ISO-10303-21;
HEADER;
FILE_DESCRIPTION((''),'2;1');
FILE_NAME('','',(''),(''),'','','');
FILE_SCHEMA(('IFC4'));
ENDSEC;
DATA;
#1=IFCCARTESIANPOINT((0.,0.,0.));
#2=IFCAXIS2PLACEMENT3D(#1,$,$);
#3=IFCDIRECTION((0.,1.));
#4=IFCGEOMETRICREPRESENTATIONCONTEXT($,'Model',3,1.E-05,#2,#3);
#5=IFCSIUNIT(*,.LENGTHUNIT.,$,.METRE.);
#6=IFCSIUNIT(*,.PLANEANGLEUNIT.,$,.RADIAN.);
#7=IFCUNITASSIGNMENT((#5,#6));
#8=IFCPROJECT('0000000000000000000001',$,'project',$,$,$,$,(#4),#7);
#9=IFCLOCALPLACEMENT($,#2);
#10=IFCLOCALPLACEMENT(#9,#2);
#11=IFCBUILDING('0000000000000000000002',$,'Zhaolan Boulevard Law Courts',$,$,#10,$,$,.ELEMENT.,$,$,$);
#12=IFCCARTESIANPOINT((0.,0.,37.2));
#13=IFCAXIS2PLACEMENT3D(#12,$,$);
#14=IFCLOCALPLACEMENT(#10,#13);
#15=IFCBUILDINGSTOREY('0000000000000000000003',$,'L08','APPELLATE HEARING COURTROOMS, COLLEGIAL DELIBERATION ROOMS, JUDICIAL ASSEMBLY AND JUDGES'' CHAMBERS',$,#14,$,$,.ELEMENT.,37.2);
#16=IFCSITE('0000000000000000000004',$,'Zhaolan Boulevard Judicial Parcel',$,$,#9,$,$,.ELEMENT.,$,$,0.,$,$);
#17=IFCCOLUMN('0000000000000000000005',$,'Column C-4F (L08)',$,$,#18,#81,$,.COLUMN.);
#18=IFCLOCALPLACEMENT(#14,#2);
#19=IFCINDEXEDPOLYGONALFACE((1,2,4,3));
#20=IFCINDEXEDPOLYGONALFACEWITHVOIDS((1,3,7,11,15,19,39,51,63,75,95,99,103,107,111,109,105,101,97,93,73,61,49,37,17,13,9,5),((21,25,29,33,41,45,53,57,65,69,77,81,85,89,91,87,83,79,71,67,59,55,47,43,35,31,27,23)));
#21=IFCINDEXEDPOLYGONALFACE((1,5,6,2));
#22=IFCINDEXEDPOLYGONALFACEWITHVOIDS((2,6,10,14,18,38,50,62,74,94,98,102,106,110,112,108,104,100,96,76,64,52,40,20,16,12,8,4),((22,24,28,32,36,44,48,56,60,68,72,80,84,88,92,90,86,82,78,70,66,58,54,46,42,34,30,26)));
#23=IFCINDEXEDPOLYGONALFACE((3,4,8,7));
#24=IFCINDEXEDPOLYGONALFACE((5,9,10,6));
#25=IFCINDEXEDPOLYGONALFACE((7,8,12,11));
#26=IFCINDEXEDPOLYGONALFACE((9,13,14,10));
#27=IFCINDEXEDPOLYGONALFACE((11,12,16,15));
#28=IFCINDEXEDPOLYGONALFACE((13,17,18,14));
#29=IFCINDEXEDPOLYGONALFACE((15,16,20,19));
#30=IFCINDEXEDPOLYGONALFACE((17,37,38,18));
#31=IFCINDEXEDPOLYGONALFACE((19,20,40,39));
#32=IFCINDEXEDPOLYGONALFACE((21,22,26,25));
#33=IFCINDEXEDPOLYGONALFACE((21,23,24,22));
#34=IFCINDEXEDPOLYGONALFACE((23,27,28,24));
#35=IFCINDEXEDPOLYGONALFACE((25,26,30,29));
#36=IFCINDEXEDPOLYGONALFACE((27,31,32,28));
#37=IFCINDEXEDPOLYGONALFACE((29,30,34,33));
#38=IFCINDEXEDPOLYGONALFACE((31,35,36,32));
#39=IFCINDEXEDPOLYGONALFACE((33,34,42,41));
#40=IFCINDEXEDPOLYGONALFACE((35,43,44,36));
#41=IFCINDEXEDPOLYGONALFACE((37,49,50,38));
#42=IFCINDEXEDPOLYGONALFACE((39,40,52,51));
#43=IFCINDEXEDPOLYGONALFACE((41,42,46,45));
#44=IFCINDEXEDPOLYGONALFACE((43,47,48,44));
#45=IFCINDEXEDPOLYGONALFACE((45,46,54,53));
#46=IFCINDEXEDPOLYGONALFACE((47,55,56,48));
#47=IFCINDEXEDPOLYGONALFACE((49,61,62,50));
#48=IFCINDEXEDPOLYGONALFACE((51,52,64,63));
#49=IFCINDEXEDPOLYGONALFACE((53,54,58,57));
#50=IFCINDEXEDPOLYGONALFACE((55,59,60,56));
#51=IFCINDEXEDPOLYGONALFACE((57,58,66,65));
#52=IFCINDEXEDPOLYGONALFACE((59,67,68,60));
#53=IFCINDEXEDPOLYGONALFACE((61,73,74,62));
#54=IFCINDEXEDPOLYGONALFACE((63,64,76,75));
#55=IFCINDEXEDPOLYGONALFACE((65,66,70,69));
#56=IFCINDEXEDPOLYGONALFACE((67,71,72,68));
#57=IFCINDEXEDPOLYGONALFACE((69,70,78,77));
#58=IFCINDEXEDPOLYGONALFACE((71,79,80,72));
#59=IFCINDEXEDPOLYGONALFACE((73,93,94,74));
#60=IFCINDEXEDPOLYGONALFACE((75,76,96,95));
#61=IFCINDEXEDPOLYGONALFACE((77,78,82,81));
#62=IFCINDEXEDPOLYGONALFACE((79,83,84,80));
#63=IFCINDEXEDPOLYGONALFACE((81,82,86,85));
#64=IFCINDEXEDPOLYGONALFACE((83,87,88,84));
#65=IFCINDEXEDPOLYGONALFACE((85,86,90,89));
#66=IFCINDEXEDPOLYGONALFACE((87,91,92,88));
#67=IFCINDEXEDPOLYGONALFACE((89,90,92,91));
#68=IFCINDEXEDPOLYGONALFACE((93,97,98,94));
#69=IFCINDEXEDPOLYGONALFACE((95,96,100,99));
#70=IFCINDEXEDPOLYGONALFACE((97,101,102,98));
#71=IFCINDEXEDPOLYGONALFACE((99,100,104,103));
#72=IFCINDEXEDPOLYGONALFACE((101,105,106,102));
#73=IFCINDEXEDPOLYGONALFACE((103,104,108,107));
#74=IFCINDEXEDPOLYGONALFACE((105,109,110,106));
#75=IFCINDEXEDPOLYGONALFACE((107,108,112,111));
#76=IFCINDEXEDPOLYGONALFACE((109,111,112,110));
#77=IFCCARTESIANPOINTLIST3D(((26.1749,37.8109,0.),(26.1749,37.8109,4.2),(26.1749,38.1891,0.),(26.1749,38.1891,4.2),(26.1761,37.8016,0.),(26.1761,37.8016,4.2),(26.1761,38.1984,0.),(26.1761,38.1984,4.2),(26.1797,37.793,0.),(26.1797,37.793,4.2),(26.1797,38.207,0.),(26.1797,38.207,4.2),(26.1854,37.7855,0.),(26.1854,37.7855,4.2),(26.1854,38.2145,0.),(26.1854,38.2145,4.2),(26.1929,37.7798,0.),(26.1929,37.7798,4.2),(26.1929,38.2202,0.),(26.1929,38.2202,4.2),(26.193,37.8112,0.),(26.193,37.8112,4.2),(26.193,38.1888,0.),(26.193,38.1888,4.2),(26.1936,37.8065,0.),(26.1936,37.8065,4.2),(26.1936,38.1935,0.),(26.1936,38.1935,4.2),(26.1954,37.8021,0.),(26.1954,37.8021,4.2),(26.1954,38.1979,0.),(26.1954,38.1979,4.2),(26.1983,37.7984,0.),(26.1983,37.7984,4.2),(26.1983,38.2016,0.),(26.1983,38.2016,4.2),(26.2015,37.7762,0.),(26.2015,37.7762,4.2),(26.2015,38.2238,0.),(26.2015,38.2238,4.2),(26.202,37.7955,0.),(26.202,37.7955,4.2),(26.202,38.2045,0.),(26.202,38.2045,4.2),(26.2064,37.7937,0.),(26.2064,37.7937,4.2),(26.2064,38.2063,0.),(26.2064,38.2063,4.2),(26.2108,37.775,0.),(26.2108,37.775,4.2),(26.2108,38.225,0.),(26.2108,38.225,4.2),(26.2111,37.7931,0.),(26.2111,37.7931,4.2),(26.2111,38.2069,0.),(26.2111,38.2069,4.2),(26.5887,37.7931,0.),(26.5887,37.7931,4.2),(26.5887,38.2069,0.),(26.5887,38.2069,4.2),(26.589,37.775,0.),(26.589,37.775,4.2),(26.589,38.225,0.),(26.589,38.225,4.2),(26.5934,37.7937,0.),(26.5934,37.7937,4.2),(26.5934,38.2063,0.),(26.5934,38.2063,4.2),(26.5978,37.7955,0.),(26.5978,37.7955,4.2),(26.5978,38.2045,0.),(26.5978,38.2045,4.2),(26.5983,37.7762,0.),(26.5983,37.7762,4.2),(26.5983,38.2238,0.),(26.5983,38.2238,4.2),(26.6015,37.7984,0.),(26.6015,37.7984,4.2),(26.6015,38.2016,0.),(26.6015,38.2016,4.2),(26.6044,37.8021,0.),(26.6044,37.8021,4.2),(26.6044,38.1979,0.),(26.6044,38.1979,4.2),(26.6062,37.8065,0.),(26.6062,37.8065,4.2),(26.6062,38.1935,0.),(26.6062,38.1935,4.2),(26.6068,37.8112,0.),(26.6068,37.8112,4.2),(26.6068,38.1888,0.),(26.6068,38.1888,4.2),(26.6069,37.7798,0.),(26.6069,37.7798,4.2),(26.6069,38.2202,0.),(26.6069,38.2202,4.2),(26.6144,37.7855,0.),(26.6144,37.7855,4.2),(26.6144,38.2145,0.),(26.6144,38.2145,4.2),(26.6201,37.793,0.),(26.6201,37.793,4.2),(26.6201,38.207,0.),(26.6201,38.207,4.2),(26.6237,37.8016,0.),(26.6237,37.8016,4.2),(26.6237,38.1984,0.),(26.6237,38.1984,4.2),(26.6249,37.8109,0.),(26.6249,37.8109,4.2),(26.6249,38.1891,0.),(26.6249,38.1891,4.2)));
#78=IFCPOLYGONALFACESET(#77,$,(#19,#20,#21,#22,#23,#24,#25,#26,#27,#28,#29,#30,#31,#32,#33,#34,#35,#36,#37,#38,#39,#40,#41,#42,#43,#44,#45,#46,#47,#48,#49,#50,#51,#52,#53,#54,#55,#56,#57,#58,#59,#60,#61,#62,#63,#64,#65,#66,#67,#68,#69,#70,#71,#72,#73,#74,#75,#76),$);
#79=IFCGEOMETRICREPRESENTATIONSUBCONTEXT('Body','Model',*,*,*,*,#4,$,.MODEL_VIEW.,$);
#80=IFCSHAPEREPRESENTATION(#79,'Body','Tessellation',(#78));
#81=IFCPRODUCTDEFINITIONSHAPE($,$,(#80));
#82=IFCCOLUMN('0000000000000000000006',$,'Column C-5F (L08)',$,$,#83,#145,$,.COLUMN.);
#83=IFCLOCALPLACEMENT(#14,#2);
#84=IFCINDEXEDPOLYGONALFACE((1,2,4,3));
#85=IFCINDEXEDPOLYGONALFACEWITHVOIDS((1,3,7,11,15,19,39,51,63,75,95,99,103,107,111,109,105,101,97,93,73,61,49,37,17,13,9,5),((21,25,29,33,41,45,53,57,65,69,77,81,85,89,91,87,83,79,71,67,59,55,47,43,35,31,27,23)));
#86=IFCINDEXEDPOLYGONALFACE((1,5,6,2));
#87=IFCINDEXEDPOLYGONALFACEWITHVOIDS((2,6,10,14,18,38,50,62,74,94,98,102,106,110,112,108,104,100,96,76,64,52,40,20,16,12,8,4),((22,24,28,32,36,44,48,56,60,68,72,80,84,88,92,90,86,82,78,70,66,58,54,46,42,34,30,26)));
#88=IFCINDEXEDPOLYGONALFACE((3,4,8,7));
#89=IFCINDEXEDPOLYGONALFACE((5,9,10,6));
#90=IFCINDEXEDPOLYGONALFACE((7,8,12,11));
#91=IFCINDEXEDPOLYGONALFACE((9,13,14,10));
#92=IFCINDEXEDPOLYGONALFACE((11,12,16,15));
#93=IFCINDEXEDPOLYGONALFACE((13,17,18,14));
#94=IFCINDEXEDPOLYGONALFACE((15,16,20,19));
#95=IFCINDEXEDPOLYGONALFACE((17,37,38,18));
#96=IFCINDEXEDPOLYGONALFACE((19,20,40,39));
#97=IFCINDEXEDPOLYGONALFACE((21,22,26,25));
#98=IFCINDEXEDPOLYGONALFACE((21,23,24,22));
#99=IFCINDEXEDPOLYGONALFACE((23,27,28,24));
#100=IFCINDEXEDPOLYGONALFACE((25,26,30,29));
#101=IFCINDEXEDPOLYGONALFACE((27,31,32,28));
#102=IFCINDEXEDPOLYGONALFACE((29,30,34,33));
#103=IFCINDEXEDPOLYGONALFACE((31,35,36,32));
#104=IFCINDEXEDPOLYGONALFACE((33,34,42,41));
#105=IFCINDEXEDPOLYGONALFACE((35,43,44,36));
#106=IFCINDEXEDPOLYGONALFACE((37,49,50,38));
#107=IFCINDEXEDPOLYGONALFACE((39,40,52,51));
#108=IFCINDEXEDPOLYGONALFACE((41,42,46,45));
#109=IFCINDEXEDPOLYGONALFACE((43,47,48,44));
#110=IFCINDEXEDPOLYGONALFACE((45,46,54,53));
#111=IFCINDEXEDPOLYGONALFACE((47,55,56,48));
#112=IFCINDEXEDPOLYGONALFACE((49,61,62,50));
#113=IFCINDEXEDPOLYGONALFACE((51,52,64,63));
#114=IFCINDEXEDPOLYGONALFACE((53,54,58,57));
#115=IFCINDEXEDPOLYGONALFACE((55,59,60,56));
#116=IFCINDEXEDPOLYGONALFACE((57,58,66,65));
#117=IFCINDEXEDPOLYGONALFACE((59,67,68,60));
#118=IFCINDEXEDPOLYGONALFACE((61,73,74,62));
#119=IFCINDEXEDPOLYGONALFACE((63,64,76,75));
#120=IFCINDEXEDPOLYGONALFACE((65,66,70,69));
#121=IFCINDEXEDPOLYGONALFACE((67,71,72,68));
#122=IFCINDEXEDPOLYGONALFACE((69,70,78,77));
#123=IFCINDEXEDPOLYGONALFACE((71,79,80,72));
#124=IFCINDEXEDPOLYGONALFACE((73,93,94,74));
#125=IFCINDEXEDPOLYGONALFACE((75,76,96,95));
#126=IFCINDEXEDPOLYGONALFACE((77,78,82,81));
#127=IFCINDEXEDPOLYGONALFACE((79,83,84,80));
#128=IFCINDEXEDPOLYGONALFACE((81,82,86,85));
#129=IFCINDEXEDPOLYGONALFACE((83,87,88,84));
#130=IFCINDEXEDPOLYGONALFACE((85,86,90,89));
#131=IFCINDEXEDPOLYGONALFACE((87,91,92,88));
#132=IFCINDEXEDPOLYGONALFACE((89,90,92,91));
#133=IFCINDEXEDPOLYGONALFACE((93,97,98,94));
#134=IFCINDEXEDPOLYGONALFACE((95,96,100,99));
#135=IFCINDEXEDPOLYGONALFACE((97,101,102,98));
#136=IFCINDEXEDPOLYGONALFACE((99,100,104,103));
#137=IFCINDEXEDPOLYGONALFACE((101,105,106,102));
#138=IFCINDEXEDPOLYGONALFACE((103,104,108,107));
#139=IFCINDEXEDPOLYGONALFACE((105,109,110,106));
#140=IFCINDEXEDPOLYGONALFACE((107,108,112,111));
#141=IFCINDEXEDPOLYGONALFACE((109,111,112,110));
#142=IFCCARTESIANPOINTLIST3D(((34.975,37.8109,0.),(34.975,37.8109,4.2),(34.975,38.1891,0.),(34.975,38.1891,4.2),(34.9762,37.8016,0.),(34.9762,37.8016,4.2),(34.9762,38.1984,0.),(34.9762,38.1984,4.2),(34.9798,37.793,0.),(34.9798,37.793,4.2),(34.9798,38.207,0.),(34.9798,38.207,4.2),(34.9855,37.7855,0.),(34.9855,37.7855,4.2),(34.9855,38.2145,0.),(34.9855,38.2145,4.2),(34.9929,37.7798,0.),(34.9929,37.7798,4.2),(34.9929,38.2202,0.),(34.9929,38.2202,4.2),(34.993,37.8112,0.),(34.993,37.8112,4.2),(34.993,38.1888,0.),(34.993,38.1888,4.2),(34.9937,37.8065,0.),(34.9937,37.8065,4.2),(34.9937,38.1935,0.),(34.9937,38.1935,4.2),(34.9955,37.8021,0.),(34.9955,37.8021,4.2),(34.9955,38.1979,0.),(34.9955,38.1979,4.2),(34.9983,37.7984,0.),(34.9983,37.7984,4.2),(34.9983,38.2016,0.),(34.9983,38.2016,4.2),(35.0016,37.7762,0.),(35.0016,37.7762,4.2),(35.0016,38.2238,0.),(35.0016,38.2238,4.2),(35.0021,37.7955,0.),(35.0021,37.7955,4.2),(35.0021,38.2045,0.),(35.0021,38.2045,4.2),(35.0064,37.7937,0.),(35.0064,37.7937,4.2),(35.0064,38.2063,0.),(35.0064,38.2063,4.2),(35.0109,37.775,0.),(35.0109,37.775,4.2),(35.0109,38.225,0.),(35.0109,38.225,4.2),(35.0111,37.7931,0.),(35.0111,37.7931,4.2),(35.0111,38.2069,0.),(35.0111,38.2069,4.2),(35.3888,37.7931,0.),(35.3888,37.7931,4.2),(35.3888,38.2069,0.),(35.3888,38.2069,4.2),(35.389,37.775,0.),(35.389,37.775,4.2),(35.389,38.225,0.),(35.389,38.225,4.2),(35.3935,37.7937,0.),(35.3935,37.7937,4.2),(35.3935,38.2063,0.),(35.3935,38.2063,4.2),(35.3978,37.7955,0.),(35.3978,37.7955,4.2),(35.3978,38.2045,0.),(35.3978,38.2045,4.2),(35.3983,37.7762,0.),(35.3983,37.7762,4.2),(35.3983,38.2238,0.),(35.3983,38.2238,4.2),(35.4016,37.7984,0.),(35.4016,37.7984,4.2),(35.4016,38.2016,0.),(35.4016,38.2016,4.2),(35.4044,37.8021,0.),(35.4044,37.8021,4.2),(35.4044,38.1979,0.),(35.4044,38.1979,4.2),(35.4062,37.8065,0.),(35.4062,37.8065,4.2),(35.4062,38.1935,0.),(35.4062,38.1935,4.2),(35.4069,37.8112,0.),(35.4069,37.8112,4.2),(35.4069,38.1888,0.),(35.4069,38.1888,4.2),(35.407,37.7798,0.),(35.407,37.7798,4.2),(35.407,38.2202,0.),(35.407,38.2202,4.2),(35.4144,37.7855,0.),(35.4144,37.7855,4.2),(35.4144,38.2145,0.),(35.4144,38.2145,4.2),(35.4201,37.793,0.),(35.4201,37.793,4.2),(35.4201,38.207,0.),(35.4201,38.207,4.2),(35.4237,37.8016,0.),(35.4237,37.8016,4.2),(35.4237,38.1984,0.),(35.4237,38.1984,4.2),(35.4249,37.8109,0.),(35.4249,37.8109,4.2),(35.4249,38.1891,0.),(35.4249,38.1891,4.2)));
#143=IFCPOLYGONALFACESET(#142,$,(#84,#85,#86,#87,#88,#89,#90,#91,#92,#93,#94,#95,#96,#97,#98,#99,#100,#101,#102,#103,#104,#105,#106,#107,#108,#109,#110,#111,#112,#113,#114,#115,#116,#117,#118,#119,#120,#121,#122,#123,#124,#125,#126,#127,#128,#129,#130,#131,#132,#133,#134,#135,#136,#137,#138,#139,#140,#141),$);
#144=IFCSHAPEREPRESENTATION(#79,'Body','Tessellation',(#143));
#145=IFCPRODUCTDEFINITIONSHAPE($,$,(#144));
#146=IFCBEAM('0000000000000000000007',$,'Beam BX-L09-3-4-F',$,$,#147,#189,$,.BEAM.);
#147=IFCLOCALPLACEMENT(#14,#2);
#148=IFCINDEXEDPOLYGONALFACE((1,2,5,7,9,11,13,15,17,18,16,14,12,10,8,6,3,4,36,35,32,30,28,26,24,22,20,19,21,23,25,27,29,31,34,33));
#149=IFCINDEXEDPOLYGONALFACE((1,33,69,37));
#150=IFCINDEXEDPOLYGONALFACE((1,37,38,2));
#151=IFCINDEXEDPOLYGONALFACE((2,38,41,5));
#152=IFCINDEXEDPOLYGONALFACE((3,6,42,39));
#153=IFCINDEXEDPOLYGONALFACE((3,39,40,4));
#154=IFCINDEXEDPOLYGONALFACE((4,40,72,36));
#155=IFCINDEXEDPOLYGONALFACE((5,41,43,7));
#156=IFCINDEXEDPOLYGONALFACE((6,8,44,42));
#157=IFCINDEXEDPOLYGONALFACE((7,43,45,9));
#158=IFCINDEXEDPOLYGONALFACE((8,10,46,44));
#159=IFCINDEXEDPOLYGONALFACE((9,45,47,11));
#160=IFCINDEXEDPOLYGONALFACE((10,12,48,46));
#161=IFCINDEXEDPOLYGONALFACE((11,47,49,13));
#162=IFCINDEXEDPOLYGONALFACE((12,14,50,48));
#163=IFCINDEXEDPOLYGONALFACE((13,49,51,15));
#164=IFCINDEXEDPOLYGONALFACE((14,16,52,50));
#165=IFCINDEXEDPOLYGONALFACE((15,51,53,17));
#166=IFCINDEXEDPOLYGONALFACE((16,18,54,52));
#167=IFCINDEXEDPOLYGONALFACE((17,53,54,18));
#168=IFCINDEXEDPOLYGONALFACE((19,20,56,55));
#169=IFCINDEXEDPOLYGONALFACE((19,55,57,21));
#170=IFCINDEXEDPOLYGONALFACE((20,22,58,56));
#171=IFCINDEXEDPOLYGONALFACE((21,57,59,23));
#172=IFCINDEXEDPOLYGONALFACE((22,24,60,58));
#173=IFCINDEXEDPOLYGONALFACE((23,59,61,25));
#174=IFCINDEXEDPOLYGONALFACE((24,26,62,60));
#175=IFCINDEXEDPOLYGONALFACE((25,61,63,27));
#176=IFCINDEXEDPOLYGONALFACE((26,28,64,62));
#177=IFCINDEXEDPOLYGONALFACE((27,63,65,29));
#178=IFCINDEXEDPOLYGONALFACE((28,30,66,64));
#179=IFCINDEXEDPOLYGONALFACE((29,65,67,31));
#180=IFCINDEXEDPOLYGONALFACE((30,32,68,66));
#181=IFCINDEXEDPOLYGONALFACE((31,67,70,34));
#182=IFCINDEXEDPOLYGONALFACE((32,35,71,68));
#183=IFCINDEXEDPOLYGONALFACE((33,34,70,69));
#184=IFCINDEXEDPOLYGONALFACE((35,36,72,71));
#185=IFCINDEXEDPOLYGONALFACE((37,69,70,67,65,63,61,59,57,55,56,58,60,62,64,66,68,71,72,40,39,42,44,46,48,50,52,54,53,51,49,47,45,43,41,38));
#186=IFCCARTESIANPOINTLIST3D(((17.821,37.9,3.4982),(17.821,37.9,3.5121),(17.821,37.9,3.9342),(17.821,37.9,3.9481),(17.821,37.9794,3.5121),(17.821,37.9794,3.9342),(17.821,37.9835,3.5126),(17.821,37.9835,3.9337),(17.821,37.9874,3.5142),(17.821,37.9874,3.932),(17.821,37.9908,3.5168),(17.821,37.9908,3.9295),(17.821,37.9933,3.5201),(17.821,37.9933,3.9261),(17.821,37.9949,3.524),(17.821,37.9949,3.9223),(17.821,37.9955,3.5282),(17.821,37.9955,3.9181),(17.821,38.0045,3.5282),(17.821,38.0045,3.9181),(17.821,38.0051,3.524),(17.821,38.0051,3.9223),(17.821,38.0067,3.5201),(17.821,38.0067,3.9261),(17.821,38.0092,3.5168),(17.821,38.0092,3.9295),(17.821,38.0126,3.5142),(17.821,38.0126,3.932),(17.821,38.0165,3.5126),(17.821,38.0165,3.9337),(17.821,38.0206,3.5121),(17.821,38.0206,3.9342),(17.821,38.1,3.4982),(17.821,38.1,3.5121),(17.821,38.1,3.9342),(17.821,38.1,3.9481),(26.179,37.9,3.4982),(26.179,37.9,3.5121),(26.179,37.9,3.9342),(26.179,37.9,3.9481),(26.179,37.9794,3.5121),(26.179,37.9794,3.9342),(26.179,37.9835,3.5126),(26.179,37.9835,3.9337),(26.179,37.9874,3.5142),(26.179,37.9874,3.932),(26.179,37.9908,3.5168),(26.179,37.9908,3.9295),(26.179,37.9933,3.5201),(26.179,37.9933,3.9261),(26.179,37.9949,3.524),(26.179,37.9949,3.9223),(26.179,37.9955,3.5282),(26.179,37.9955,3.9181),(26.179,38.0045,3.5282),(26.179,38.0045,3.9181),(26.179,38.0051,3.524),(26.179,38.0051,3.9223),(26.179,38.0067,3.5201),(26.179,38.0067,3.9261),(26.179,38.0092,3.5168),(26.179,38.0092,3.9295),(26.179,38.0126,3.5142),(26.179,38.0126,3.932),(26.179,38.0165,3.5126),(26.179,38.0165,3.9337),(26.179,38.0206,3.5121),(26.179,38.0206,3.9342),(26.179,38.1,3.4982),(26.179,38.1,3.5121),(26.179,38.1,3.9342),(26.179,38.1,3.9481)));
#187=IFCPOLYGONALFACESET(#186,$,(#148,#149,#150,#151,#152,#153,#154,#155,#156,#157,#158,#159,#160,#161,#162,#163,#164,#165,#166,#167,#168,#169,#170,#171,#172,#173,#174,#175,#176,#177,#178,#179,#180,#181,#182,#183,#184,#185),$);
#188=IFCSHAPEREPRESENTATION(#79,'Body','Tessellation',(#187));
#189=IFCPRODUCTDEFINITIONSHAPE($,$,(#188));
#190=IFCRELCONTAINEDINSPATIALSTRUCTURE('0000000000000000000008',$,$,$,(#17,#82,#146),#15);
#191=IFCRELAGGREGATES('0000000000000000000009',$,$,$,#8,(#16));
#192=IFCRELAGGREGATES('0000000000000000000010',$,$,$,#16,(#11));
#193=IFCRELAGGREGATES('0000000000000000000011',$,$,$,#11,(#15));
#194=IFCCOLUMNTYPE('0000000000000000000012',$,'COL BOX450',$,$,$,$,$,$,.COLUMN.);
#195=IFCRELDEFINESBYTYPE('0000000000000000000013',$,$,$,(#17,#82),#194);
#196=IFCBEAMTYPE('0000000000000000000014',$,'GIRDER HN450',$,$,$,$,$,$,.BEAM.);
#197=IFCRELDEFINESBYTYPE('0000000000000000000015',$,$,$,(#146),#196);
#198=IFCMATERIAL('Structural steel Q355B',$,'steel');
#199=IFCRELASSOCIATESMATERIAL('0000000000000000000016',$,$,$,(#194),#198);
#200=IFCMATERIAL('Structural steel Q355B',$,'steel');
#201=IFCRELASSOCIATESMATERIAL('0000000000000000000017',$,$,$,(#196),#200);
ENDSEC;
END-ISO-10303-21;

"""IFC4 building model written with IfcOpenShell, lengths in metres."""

from ifc_helpers import new_model, si_unit, direction, frame, origin, origin_2d, place, context, subcontext, project, spatial, hollow_rectangle, i_section, extrude, material, material_profile, profile_set, type_object, element, save


model = new_model("IFC4")

# Units and contexts
model_context = context("Model", 3, precision=1e-05, world=origin(), true_north=direction((0.0, 1.0)))
body_context = subcontext(model_context, "Body", "Model", "MODEL_VIEW")
ifc_project = project(units=[si_unit("LENGTHUNIT", "METRE"), si_unit("PLANEANGLEUNIT", "RADIAN")], contexts=[model_context])

# Site, building, storey
site_placement = place(None, origin())
site = spatial("IfcSite", under=ifc_project, at=site_placement, Name="Zhaolan Boulevard Judicial Parcel", CompositionType="ELEMENT", RefElevation=0.0)
building_placement = place(site_placement, origin())
building = spatial("IfcBuilding", under=site, at=building_placement, Name="Zhaolan Boulevard Law Courts", CompositionType="ELEMENT")
storey_placement = place(building_placement, frame((0.0, 0.0, 37.2)))
storey = spatial("IfcBuildingStorey", under=building, at=storey_placement, Name="L08", Description="APPELLATE HEARING COURTROOMS, COLLEGIAL DELIBERATION ROOMS, JUDICIAL ASSEMBLY AND JUDGES' CHAMBERS", CompositionType="ELEMENT", Elevation=37.2)

# Columns
ifc_material_1 = material(Name="Structural steel Q355B", Category="steel")
ifc_material_profile_1 = material_profile(ifc_material_1, hollow_rectangle(XDim=0.45, YDim=0.45, WallThickness=0.0181, InnerFilletRadius=0.0181, OuterFilletRadius=0.0359, at=origin_2d()), Name="BOX450x450x18")
ifc_profile_set_1 = profile_set([ifc_material_profile_1], Name="Structural steel Q355B")
column_type = type_object("IfcColumnType", Name="COL BOX450", PredefinedType="COLUMN", material=ifc_profile_set_1)
for number, where, z_axis, x_axis, name in (
    (1, (26.3999, 38.0, 0.0), (0.0, 0.0, 1.0), (1.0, 0.0, 0.0), "Column C-4F (L08)"),
    (2, (35.2, 38.0, 0.0), (0.0, 0.0, 1.0), (1.0, 0.0, 0.0), "Column C-5F (L08)"),
):
    element("IfcColumn", number, at=place(storey_placement, frame(where, z_axis=z_axis, x_axis=x_axis)), inside=storey, type_object=column_type, Name=name, PredefinedType="COLUMN", context=body_context, shape_type="SweptSolid", body=[
        extrude(hollow_rectangle(XDim=0.45, YDim=0.45, WallThickness=0.0181, InnerFilletRadius=0.0181, OuterFilletRadius=0.0359, at=origin_2d()), origin(), (0.0, 0.0, 1.0), 4.2),
    ])

# Beam
ifc_material_2 = material(Name="Structural steel Q355B", Category="steel")
ifc_material_profile_2 = material_profile(ifc_material_2, i_section(OverallWidth=0.2, OverallDepth=0.45, WebThickness=0.009, FlangeThickness=0.0139, FilletRadius=0.0161, at=origin_2d()), Name="HN450x200")
ifc_profile_set_2 = profile_set([ifc_material_profile_2], Name="Structural steel Q355B")
beam_type_1 = type_object("IfcBeamType", Name="GIRDER HN450", PredefinedType="BEAM", material=ifc_profile_set_2)
for number, where, z_axis, x_axis, name in (
    (3, (17.821, 38.0, 3.7231), (1.0, 0.0, 0.0), (0.0, 1.0, 0.0), "Beam BX-L09-3-4-F"),
):
    element("IfcBeam", number, at=place(storey_placement, frame(where, z_axis=z_axis, x_axis=x_axis)), inside=storey, type_object=beam_type_1, Name=name, PredefinedType="BEAM", context=body_context, shape_type="SweptSolid", body=[
        extrude(i_section(OverallWidth=0.2, OverallDepth=0.45, WebThickness=0.009, FlangeThickness=0.0139, FilletRadius=0.0161, at=origin_2d()), origin(), (0.0, 0.0, 1.0), 8.3579),
    ])

save(model, "model.ifc")
